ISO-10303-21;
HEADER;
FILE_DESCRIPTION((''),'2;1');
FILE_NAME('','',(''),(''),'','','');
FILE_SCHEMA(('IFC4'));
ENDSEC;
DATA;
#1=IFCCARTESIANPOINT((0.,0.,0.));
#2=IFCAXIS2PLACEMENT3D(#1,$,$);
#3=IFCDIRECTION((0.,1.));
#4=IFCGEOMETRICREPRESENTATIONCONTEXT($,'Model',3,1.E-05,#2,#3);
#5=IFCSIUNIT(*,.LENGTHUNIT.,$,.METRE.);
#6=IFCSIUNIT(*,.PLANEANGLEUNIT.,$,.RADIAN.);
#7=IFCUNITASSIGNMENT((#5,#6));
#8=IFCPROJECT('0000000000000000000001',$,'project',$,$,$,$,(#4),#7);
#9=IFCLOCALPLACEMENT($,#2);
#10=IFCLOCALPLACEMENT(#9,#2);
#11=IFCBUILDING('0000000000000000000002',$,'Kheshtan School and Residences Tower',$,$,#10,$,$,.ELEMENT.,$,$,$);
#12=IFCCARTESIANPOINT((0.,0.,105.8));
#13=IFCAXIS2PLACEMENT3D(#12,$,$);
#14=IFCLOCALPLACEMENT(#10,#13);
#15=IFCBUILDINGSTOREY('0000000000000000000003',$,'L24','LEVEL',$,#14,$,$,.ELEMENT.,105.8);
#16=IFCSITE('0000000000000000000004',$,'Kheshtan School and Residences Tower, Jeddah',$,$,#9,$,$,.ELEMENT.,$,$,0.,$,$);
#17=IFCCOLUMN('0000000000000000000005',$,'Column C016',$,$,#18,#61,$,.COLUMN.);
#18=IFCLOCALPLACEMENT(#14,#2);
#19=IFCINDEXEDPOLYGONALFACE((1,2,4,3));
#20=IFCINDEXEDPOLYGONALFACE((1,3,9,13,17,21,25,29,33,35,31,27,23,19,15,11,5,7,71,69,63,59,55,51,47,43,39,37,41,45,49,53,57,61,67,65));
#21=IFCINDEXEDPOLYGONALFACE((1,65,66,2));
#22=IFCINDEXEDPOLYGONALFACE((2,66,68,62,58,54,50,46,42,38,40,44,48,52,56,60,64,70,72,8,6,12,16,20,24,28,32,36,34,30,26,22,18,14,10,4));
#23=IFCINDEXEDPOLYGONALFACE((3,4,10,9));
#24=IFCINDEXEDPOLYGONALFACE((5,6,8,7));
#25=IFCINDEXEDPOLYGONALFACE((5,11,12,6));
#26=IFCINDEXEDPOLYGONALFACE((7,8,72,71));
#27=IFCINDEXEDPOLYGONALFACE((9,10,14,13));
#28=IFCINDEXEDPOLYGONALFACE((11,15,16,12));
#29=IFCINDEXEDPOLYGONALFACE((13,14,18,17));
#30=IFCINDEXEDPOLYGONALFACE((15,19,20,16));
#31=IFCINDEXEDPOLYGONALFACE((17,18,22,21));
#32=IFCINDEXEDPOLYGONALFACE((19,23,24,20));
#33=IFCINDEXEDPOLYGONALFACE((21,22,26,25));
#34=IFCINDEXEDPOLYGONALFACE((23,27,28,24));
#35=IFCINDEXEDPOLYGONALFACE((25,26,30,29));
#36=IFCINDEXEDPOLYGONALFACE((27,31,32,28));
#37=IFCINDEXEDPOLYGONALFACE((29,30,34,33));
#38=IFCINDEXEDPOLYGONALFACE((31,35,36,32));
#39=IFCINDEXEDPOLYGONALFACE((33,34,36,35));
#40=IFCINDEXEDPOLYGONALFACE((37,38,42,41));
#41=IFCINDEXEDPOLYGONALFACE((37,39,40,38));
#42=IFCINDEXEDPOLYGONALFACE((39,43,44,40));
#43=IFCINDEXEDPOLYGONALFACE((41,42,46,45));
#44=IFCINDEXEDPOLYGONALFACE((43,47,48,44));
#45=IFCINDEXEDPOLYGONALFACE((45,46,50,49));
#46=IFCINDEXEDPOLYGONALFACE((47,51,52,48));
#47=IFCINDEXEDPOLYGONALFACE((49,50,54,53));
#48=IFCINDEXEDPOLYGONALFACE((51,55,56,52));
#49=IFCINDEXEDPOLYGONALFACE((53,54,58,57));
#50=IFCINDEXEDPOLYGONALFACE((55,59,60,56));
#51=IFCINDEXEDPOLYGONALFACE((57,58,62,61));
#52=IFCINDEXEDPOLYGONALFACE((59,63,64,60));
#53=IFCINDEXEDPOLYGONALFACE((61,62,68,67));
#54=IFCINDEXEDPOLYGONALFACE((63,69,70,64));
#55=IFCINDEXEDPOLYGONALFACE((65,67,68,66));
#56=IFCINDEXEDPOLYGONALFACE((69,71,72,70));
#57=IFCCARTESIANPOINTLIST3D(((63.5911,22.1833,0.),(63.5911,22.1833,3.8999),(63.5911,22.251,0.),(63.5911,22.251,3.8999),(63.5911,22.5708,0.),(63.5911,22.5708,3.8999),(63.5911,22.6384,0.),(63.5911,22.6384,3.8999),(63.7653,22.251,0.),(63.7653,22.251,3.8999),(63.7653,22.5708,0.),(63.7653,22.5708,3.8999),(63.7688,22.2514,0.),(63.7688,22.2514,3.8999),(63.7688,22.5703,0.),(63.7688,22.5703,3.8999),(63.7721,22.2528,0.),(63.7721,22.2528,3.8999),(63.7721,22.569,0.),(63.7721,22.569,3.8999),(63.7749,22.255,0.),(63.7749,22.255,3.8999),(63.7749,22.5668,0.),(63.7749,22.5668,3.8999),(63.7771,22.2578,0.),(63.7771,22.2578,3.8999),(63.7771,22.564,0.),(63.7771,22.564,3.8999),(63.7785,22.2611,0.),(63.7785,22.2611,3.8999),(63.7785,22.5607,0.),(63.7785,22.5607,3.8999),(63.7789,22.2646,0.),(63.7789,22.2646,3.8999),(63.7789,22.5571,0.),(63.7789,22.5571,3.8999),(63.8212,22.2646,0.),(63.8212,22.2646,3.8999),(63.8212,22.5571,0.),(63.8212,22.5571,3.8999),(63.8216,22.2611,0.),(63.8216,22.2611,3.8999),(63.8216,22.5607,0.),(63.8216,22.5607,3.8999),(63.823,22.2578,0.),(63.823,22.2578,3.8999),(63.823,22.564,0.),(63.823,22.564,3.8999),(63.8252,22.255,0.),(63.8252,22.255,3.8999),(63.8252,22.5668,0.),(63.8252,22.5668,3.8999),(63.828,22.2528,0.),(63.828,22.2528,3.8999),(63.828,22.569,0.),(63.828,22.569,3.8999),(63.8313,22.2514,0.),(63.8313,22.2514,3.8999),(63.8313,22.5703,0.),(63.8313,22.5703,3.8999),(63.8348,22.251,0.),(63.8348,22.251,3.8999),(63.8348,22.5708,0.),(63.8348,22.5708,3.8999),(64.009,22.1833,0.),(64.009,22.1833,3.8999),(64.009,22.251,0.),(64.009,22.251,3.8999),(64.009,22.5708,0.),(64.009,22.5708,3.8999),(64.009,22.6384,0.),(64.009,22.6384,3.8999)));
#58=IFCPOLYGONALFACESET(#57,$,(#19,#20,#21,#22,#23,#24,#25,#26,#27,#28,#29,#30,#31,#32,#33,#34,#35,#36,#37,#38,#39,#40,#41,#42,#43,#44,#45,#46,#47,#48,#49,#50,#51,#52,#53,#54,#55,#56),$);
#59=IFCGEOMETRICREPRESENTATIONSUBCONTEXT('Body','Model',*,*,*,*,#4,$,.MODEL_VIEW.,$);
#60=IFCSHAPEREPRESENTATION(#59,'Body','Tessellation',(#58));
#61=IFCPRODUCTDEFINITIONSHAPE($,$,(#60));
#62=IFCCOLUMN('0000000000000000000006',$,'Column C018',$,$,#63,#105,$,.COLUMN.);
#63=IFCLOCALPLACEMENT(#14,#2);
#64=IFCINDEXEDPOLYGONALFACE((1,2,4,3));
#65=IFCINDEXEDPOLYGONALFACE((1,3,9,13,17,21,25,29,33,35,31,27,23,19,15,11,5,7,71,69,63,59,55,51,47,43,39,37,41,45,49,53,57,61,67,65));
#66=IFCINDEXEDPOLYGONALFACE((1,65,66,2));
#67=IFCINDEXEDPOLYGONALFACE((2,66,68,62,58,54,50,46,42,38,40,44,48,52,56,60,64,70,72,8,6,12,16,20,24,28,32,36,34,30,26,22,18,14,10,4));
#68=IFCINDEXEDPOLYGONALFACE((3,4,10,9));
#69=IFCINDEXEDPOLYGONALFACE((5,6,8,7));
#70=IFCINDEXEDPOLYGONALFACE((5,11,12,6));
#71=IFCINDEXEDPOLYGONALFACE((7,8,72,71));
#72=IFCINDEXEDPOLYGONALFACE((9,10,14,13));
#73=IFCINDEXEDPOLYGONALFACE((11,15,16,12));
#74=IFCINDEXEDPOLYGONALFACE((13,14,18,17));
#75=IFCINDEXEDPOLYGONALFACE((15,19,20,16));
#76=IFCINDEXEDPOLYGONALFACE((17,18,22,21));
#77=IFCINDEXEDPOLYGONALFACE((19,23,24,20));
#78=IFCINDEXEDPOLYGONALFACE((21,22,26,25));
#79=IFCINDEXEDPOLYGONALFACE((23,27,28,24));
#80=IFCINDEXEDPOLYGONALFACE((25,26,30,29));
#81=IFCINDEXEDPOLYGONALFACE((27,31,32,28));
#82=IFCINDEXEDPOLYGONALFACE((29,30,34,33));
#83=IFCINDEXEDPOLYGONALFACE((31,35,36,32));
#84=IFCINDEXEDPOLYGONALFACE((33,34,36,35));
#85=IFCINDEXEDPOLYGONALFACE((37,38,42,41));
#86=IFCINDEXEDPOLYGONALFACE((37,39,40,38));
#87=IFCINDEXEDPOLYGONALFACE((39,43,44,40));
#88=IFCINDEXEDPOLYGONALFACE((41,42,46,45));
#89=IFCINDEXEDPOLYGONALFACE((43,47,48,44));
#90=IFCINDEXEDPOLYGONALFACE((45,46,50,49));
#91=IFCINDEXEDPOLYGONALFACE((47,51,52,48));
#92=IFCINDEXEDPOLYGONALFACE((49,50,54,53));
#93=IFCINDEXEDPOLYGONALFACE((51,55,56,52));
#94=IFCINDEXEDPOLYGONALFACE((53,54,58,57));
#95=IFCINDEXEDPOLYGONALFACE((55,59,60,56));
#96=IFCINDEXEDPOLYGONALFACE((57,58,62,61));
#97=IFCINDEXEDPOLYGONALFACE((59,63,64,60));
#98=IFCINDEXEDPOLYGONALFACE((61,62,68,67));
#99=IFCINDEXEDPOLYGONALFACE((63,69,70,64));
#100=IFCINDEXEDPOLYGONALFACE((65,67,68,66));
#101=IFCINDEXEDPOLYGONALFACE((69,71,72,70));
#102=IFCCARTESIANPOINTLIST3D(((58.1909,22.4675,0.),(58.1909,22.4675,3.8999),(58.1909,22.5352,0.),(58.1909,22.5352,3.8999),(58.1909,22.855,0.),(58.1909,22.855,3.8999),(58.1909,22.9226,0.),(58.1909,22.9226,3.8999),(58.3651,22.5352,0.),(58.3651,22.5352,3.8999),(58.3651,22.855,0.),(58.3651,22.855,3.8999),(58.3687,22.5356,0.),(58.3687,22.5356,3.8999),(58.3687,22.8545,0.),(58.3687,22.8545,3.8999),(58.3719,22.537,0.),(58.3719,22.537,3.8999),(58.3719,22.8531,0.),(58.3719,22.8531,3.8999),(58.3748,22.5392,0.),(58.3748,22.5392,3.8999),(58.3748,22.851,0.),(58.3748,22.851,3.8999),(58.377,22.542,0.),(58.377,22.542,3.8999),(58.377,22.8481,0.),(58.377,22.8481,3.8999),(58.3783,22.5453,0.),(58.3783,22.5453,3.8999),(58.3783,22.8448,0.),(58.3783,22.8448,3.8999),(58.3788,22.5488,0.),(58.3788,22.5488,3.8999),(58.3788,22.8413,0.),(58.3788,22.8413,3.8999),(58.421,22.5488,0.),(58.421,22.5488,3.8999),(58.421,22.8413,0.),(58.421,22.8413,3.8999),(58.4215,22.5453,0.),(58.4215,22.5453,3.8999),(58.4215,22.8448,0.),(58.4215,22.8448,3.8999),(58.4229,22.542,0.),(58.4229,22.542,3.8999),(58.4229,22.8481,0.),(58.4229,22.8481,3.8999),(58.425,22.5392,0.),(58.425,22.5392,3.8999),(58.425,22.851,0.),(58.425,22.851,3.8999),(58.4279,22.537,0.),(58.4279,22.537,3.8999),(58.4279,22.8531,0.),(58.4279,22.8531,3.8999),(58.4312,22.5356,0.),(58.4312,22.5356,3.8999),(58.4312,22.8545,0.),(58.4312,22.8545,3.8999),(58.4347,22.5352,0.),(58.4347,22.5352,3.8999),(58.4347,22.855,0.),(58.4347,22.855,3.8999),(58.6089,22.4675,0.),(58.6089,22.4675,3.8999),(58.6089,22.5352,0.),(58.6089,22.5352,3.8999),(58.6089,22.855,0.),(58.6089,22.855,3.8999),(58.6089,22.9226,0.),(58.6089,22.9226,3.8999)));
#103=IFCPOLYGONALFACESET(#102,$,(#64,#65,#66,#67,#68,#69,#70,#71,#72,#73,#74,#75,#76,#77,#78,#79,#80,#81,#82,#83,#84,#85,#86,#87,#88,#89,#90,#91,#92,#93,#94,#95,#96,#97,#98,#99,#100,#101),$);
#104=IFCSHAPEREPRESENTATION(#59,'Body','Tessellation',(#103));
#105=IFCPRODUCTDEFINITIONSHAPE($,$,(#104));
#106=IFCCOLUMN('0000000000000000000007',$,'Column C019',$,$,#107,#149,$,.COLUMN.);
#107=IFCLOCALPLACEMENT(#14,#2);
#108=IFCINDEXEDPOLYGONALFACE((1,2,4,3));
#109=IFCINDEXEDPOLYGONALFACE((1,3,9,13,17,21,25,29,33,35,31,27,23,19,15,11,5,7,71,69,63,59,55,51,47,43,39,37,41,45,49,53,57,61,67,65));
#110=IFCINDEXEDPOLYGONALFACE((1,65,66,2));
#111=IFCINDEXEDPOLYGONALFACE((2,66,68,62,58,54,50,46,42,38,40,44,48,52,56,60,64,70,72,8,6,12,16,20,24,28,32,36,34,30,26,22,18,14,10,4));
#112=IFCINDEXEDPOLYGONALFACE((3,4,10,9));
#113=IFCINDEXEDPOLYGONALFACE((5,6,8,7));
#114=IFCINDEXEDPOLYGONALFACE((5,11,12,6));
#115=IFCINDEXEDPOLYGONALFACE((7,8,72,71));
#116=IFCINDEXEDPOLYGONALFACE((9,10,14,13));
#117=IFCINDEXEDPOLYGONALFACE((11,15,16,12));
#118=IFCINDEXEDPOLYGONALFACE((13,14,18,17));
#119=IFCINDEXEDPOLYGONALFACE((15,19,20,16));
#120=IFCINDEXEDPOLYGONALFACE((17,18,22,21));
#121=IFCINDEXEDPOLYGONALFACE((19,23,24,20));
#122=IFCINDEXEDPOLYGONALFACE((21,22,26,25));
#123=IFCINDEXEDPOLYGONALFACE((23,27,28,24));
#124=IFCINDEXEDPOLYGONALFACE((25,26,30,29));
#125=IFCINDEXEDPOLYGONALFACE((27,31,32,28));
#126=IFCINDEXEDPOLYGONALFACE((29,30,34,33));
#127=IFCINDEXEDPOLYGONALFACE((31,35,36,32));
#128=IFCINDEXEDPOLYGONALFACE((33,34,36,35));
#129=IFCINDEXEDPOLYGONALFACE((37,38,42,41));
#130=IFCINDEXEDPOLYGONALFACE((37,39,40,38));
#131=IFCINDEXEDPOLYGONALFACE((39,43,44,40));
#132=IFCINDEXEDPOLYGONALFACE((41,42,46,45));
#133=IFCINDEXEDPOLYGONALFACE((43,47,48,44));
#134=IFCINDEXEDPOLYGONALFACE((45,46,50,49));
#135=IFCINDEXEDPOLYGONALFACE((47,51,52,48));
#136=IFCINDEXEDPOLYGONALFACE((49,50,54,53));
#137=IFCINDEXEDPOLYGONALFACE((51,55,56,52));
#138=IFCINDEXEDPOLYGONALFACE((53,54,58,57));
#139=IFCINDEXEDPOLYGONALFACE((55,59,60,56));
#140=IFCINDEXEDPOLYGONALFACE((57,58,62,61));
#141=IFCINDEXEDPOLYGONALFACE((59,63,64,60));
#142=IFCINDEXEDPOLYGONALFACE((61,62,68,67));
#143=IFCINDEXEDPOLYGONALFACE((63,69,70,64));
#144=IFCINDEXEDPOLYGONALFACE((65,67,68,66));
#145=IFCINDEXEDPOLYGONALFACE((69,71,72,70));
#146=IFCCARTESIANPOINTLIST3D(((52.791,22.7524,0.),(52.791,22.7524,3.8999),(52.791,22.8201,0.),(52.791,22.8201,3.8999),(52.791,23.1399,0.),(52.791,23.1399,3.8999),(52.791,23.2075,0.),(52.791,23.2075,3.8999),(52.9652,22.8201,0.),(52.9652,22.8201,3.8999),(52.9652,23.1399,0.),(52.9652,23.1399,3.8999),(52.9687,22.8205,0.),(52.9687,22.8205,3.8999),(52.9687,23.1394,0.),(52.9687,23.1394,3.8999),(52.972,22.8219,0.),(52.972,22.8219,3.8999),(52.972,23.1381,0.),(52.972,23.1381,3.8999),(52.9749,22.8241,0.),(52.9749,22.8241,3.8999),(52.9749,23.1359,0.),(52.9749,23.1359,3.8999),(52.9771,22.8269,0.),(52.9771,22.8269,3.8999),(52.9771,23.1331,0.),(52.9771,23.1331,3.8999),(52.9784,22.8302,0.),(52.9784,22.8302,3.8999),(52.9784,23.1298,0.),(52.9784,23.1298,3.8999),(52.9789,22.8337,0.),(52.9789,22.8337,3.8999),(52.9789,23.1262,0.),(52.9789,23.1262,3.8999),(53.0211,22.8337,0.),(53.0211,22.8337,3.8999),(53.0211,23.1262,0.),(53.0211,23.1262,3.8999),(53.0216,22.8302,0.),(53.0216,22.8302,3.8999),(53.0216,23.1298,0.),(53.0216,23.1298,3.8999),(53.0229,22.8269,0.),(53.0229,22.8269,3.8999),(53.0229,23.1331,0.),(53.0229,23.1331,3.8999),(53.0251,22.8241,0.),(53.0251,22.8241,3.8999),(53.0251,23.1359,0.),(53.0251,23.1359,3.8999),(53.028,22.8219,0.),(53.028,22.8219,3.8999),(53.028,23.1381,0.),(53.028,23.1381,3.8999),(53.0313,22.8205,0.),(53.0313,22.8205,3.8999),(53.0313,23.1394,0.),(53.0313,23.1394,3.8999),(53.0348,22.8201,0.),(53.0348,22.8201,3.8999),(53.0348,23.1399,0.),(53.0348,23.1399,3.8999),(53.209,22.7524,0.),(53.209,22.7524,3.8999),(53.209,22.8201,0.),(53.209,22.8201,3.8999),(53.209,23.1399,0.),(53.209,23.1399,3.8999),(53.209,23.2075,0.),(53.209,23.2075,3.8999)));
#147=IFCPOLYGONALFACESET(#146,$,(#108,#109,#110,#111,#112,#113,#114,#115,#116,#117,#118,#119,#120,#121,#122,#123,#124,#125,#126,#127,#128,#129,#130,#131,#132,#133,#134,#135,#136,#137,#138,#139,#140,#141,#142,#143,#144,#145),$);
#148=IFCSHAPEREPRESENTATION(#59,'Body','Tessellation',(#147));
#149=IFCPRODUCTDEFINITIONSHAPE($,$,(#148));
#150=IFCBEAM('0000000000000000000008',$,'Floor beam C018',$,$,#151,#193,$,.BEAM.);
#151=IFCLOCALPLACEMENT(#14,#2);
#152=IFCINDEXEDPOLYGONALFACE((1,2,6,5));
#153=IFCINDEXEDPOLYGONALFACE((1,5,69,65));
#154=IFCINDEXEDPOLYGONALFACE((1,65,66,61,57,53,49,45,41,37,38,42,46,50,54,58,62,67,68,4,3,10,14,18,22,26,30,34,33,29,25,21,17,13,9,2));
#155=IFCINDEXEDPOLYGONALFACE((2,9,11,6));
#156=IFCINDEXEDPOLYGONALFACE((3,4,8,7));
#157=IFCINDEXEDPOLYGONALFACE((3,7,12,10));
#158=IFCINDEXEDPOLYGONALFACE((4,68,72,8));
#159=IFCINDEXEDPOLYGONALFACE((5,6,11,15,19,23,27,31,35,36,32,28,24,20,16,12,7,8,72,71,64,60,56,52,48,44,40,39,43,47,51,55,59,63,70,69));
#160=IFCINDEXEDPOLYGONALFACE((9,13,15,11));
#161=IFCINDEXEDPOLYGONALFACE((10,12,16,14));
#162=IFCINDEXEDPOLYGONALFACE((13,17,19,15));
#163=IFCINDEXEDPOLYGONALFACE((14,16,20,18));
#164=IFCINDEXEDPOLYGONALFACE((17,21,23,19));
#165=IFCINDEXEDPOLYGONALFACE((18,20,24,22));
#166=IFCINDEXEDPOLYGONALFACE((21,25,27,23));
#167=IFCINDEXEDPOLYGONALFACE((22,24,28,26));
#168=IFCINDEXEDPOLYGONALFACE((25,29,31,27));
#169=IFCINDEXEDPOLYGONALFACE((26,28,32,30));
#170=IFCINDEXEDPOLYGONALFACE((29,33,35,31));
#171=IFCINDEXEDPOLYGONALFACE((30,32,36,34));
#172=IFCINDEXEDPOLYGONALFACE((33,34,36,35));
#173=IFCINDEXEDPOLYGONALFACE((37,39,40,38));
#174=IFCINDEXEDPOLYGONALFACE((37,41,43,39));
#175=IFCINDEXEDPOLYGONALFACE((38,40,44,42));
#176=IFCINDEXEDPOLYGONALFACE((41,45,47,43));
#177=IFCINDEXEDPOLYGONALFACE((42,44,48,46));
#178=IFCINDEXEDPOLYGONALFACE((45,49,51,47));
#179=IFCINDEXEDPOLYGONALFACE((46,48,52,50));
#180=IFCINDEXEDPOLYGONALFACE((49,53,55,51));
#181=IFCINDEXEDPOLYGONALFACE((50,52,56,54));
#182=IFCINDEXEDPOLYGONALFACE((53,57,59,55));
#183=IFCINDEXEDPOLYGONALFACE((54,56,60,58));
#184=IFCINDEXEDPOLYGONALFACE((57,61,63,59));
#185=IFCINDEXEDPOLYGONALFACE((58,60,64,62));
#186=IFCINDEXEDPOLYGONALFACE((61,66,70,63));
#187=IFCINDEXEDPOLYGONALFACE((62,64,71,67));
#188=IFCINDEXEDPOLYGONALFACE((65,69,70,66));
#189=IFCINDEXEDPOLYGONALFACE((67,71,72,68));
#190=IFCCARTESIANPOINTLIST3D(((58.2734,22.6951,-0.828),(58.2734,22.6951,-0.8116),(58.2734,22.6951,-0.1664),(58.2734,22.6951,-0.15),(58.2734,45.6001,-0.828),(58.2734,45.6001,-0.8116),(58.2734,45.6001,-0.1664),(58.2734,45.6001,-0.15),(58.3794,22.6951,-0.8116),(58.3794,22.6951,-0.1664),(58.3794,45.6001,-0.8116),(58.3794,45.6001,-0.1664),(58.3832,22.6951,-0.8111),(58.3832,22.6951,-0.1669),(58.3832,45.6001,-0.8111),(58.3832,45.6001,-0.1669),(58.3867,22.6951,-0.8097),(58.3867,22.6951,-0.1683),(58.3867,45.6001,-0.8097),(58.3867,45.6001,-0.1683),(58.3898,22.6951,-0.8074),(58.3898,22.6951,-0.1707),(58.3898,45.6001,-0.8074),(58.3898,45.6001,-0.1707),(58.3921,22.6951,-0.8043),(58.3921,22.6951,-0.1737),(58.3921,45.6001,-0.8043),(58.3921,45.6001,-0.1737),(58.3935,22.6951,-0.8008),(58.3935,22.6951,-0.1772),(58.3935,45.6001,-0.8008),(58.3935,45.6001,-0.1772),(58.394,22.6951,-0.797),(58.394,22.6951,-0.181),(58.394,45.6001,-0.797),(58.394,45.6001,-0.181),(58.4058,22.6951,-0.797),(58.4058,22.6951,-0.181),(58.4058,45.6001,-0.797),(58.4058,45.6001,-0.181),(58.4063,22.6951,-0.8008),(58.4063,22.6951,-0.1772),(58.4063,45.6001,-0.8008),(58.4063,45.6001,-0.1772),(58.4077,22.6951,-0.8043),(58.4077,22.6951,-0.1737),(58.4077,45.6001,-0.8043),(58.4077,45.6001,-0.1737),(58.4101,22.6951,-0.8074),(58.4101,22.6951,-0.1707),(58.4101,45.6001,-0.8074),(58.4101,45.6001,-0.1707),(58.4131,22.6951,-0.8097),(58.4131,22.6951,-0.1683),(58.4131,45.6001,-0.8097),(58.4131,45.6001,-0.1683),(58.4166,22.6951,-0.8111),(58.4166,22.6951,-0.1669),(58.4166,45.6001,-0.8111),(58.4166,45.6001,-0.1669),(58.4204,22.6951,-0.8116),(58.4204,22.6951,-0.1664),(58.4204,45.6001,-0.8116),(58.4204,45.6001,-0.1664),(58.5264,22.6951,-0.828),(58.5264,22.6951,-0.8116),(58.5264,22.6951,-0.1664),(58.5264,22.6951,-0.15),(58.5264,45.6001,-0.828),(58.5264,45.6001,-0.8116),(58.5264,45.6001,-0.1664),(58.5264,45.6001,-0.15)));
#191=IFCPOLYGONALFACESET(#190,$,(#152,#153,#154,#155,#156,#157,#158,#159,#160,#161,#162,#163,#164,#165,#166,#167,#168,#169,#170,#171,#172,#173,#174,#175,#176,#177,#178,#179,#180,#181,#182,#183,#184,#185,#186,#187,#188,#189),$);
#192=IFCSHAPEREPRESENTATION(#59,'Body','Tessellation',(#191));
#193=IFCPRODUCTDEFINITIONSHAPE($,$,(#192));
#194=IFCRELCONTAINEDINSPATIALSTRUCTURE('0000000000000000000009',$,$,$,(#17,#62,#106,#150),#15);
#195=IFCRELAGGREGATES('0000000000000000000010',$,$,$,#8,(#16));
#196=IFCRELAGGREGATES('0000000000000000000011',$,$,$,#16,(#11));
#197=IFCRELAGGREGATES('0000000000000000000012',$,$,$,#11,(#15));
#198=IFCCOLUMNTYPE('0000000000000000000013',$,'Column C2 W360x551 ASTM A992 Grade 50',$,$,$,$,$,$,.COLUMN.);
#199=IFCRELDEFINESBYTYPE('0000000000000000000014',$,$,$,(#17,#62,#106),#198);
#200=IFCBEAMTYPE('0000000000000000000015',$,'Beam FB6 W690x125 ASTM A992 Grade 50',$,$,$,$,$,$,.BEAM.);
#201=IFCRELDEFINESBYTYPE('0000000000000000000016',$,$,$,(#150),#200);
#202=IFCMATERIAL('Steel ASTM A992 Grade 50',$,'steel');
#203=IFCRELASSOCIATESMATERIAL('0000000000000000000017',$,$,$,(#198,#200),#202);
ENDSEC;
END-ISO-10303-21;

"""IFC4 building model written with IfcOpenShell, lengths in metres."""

from ifc_helpers import new_model, si_unit, direction, frame, origin, origin_2d, place, context, subcontext, project, spatial, i_section, extrude, material, material_profile, profile_set, type_object, element, save


model = new_model("IFC4")

# Units and contexts
model_context = context("Model", 3, precision=1e-05, world=origin(), true_north=direction((0.0, 1.0)))
body_context = subcontext(model_context, "Body", "Model", "MODEL_VIEW")
ifc_project = project(units=[si_unit("LENGTHUNIT", "METRE"), si_unit("PLANEANGLEUNIT", "RADIAN")], contexts=[model_context])

# Site, building, storey
site_placement = place(None, origin())
site = spatial("IfcSite", under=ifc_project, at=site_placement, Name="Kheshtan School and Residences Tower, Jeddah", CompositionType="ELEMENT", RefElevation=0.0)
building_placement = place(site_placement, origin())
building = spatial("IfcBuilding", under=site, at=building_placement, Name="Kheshtan School and Residences Tower", CompositionType="ELEMENT")
storey_placement = place(building_placement, frame((0.0, 0.0, 105.8)))
storey = spatial("IfcBuildingStorey", under=building, at=storey_placement, Name="L24", Description="LEVEL", CompositionType="ELEMENT", Elevation=105.8)

# Columns
ifc_material_1 = material(Name="Steel ASTM A992 Grade 50", Category="steel")
ifc_material_profile_1 = material_profile(ifc_material_1, i_section(OverallWidth=0.418, OverallDepth=0.4551, WebThickness=0.0422, FlangeThickness=0.0676, FilletRadius=0.0137, at=origin_2d()), Name="W360x551")
ifc_profile_set_1 = profile_set([ifc_material_profile_1], Name="Steel ASTM A992 Grade 50")
column_type = type_object("IfcColumnType", Name="Column C2 W360x551 ASTM A992 Grade 50", PredefinedType="COLUMN", material=ifc_profile_set_1)
for number, where, z_axis, x_axis, name in (
    (1, (63.8, 22.4109, 0.0), (0.0, 0.0, 1.0), (1.0, 0.0, 0.0), "Column C016"),
    (2, (58.3999, 22.6951, 0.0), (0.0, 0.0, 1.0), (1.0, 0.0, 0.0), "Column C018"),
    (3, (53.0, 22.98, 0.0), (0.0, 0.0, 1.0), (1.0, 0.0, 0.0), "Column C019"),
):
    element("IfcColumn", number, at=place(storey_placement, frame(where, z_axis=z_axis, x_axis=x_axis)), inside=storey, type_object=column_type, Name=name, PredefinedType="COLUMN", context=body_context, shape_type="SweptSolid", body=[
        extrude(i_section(OverallWidth=0.418, OverallDepth=0.4551, WebThickness=0.0422, FlangeThickness=0.0676, FilletRadius=0.0137, at=origin_2d()), origin(), (0.0, 0.0, 1.0), 3.8999),
    ])

# Beam
ifc_material_profile_2 = material_profile(ifc_material_1, i_section(OverallWidth=0.2529, OverallDepth=0.678, WebThickness=0.0117, FlangeThickness=0.0164, FilletRadius=0.0146, at=origin_2d()), Name="W690x125")
ifc_profile_set_2 = profile_set([ifc_material_profile_2], Name="Steel ASTM A992 Grade 50")
beam_type_1 = type_object("IfcBeamType", Name="Beam FB6 W690x125 ASTM A992 Grade 50", PredefinedType="BEAM", material=ifc_profile_set_2)
beam_placement = place(storey_placement, frame((58.3999, 22.6951, -0.489), z_axis=(0.0, 1.0, 0.0), x_axis=(-1.0, 0.0, 0.0)))
element("IfcBeam", 4, at=beam_placement, inside=storey, type_object=beam_type_1, Name="Floor beam C018", PredefinedType="BEAM", context=body_context, shape_type="SweptSolid", body=[
    extrude(i_section(OverallWidth=0.2529, OverallDepth=0.678, WebThickness=0.0117, FlangeThickness=0.0164, FilletRadius=0.0146, at=origin_2d()), origin(), (0.0, 0.0, 1.0), 22.905),
])

save(model, "model.ifc")
